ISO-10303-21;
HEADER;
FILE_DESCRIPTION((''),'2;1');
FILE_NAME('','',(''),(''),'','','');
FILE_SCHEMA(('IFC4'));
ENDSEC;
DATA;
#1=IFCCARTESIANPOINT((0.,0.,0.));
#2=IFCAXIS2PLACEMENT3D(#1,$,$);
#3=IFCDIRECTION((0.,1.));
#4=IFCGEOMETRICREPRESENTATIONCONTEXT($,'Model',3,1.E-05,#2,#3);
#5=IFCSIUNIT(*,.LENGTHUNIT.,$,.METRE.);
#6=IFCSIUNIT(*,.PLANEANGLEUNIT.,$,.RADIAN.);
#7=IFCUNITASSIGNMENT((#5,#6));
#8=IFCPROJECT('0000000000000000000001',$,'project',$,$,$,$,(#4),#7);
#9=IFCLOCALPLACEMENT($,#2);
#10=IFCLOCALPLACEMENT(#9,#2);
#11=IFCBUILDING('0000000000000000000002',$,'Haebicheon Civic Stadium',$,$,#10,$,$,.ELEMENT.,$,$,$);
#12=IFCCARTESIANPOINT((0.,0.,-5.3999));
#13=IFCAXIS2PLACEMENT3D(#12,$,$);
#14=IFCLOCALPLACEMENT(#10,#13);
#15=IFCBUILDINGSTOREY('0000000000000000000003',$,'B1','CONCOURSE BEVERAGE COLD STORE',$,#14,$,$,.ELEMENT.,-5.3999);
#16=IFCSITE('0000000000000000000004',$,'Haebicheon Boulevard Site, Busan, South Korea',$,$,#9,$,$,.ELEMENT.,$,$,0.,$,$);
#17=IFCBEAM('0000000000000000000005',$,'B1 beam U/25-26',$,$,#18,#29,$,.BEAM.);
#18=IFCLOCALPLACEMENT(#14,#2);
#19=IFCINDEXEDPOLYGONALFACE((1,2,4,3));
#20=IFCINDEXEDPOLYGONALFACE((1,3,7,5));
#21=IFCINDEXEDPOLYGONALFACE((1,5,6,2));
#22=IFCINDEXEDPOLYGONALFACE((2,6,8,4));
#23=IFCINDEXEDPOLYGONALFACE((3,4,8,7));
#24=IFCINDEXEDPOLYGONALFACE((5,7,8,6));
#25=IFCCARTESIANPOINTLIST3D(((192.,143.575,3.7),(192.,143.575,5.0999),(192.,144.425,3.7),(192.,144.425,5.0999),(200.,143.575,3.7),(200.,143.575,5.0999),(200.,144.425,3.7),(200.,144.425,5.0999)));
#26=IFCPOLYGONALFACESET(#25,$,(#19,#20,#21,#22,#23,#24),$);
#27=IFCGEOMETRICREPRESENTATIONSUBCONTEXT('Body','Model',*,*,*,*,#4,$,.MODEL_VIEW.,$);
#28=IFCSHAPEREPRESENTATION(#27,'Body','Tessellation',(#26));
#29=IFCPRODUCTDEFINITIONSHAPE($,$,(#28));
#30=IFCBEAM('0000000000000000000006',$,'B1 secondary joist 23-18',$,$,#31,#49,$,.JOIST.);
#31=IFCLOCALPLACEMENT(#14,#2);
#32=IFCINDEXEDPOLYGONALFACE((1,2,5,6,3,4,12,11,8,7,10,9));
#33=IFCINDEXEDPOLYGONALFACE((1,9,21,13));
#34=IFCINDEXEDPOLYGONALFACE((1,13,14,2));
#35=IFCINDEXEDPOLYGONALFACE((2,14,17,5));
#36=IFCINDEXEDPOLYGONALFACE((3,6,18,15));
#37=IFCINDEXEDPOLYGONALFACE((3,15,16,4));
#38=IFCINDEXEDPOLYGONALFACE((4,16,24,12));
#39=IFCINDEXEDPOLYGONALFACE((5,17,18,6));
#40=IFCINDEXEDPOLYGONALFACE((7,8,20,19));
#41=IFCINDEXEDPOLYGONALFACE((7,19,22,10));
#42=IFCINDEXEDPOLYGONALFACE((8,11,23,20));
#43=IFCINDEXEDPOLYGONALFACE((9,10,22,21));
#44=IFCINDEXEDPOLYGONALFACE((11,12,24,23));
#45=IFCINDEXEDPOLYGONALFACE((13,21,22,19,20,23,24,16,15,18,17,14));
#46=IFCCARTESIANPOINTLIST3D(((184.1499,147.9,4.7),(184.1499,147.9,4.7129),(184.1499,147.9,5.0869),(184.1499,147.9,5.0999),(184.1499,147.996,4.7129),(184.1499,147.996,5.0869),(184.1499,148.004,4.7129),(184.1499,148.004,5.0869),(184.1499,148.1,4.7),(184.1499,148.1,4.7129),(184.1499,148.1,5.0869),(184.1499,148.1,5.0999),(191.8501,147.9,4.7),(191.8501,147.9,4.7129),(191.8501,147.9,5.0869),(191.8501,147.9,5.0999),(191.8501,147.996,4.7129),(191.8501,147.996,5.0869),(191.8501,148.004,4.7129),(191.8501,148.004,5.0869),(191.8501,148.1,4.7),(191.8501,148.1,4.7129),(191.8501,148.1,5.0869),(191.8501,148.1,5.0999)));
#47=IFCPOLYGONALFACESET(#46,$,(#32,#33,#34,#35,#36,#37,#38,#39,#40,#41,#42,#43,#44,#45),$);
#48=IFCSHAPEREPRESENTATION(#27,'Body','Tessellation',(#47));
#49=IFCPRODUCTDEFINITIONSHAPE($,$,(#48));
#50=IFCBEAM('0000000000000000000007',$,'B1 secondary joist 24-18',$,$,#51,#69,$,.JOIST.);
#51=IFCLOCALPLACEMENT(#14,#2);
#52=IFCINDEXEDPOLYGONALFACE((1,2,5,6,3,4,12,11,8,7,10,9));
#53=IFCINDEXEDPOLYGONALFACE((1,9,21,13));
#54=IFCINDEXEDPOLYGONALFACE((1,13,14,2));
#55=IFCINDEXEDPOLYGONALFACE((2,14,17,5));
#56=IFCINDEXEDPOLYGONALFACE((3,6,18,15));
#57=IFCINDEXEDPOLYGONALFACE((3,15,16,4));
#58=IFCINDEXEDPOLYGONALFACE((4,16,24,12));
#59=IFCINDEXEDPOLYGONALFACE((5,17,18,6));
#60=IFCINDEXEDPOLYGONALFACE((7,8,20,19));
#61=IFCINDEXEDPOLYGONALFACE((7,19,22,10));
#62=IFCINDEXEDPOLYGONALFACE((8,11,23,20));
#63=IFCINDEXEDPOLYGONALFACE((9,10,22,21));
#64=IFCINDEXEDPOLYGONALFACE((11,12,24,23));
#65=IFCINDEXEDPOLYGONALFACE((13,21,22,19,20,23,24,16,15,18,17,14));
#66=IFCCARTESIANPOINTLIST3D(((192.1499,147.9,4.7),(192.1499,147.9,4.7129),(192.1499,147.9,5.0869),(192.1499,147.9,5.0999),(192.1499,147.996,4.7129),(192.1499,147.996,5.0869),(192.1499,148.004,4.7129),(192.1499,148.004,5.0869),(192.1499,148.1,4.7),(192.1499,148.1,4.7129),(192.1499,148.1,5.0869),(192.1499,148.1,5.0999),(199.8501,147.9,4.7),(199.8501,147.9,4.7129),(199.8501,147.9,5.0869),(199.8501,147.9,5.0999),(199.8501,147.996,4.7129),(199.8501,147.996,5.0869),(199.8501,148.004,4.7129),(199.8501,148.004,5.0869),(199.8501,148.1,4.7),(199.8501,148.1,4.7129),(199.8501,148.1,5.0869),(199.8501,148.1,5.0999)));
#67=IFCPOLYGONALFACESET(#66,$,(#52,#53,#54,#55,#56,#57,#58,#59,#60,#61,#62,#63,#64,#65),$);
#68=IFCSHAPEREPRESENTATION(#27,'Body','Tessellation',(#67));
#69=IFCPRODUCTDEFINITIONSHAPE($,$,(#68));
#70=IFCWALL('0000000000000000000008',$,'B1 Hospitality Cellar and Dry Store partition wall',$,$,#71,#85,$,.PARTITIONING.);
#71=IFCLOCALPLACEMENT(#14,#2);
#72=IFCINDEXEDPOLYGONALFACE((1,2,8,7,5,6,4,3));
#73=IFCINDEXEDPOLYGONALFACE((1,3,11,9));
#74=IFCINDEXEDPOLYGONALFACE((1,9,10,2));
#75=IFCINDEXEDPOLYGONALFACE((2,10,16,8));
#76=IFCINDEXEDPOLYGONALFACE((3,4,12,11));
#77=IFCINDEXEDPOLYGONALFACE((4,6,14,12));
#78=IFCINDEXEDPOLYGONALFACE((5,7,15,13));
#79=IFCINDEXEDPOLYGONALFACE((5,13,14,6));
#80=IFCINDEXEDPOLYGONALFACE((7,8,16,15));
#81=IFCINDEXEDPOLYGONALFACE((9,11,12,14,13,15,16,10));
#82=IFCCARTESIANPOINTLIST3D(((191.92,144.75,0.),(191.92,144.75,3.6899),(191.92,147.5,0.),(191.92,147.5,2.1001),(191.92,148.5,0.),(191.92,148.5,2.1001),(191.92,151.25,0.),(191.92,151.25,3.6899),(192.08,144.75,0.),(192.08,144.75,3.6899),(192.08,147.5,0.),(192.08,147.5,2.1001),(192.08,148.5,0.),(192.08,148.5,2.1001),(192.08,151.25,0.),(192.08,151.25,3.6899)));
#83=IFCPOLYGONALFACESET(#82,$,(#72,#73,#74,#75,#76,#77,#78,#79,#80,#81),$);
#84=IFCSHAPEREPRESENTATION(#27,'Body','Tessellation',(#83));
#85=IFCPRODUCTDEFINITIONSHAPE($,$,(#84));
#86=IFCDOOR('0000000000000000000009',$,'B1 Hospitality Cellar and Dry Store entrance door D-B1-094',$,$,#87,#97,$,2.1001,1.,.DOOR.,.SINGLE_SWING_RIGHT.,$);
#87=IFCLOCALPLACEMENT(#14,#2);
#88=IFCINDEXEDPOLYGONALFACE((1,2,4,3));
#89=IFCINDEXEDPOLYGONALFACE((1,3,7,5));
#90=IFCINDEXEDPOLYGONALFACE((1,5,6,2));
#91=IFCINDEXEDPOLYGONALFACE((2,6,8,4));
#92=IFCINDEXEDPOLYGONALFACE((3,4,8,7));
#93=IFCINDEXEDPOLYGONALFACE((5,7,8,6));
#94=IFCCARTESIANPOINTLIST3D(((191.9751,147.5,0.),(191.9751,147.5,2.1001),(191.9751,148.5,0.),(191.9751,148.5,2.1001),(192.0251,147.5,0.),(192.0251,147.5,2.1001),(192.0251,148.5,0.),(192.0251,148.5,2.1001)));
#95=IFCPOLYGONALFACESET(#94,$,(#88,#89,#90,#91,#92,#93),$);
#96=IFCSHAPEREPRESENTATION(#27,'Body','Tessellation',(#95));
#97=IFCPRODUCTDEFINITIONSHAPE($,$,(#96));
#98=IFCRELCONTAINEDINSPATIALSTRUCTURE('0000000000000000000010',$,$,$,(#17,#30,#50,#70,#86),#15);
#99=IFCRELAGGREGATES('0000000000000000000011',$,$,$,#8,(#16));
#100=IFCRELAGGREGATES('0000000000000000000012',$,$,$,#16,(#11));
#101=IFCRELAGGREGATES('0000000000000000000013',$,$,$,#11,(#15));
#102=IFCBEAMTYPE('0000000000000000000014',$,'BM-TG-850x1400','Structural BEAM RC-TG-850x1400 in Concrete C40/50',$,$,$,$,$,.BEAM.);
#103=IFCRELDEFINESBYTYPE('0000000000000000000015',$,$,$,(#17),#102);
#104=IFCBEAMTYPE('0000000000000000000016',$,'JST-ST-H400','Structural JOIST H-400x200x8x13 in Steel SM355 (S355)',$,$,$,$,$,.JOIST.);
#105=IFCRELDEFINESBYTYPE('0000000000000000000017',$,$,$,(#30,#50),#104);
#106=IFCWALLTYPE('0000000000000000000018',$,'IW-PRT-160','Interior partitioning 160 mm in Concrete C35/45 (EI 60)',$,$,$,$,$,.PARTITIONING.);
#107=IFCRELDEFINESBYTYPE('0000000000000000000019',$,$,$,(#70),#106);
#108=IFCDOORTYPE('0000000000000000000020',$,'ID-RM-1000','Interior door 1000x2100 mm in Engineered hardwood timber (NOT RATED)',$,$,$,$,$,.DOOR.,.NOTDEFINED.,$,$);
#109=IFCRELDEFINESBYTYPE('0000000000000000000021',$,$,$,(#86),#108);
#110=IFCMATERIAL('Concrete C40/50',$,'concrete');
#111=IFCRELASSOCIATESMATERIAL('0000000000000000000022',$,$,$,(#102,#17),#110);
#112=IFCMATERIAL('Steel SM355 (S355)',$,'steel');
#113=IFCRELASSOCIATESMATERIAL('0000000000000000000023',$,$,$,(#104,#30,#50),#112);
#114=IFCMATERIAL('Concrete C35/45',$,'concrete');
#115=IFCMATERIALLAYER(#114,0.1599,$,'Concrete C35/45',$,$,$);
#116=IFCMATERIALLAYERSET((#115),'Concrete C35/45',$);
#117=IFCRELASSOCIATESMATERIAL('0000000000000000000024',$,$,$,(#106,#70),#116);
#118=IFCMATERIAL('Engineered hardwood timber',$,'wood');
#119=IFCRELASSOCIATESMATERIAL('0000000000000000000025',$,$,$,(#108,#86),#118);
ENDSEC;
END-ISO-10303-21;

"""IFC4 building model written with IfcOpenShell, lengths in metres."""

from ifc_helpers import new_model, si_unit, direction, frame, frame_2d, origin, origin_2d, place, context, subcontext, project, spatial, rectangle, i_section, extrude, material, layer, layer_set, material_profile, profile_set, type_object, element, fill, save


model = new_model("IFC4")

# Units and contexts
model_context = context("Model", 3, precision=1e-05, world=origin(), true_north=direction((0.0, 1.0)))
body_context = subcontext(model_context, "Body", "Model", "MODEL_VIEW")
ifc_project = project(units=[si_unit("LENGTHUNIT", "METRE"), si_unit("PLANEANGLEUNIT", "RADIAN")], contexts=[model_context])

# Site, building, storey
site_placement = place(None, origin())
site = spatial("IfcSite", under=ifc_project, at=site_placement, Name="Haebicheon Boulevard Site, Busan, South Korea", CompositionType="ELEMENT", RefElevation=0.0)
building_placement = place(site_placement, origin())
building = spatial("IfcBuilding", under=site, at=building_placement, Name="Haebicheon Civic Stadium", CompositionType="ELEMENT")
storey_placement = place(building_placement, frame((0.0, 0.0, -5.3999)))
storey = spatial("IfcBuildingStorey", under=building, at=storey_placement, Name="B1", Description="CONCOURSE BEVERAGE COLD STORE", CompositionType="ELEMENT", Elevation=-5.3999)

# Beams
ifc_material_1 = material(Name="Concrete C40/50", Category="concrete")
ifc_material_profile_1 = material_profile(ifc_material_1, rectangle(XDim=0.8501, YDim=1.3999, at=origin_2d()), Name="RC-TG-850x1400")
ifc_profile_set_1 = profile_set([ifc_material_profile_1], Name="Concrete C40/50")
beam_type_1 = type_object("IfcBeamType", Name="BM-TG-850x1400", Description="Structural BEAM RC-TG-850x1400 in Concrete C40/50", PredefinedType="BEAM", material=ifc_profile_set_1)
beam_1_placement = place(storey_placement, frame((192.0, 144.0, 4.3999), z_axis=(1.0, 0.0, 0.0), x_axis=(0.0, 1.0, 0.0)))
element("IfcBeam", 1, at=beam_1_placement, inside=storey, type_object=beam_type_1, material=ifc_profile_set_1, Name="B1 beam U/25-26", PredefinedType="BEAM", context=body_context, shape_type="SweptSolid", body=[
    extrude(rectangle(XDim=0.8501, YDim=1.3999, at=origin_2d()), origin(), (0.0, 0.0, 1.0), 8.0),
])
ifc_material_2 = material(Name="Steel SM355 (S355)", Category="steel")
ifc_material_profile_2 = material_profile(ifc_material_2, i_section(OverallWidth=0.2, OverallDepth=0.3999, WebThickness=0.0081, FlangeThickness=0.0129, at=origin_2d()), Name="H-400x200x8x13")
ifc_profile_set_2 = profile_set([ifc_material_profile_2], Name="Steel SM355 (S355)")
beam_type_2 = type_object("IfcBeamType", Name="JST-ST-H400", Description="Structural JOIST H-400x200x8x13 in Steel SM355 (S355)", PredefinedType="JOIST", material=ifc_profile_set_2)
for number, where, z_axis, x_axis, name in (
    (2, (184.1499, 148.0, 4.8999), (1.0, 0.0, 0.0), (0.0, 1.0, 0.0), "B1 secondary joist 23-18"),
    (3, (192.1499, 148.0, 4.8999), (1.0, 0.0, 0.0), (0.0, 1.0, 0.0), "B1 secondary joist 24-18"),
):
    element("IfcBeam", number, at=place(storey_placement, frame(where, z_axis=z_axis, x_axis=x_axis)), inside=storey, type_object=beam_type_2, material=ifc_profile_set_2, Name=name, PredefinedType="JOIST", context=body_context, shape_type="SweptSolid", body=[
        extrude(i_section(OverallWidth=0.2, OverallDepth=0.3999, WebThickness=0.0081, FlangeThickness=0.0129, at=origin_2d()), origin(), (0.0, 0.0, 1.0), 7.7002),
    ])

# Wall, opening, door
ifc_material_3 = material(Name="Concrete C35/45", Category="concrete")
ifc_layer_1 = layer(ifc_material_3, 0.1599, Name="Concrete C35/45")
ifc_layer_set_1 = layer_set([ifc_layer_1], Name="Concrete C35/45")
wall_type = type_object("IfcWallType", Name="IW-PRT-160", Description="Interior partitioning 160 mm in Concrete C35/45 (EI 60)", PredefinedType="PARTITIONING", material=ifc_layer_set_1)
wall_placement = place(storey_placement, frame((192.0, 144.75, 0.0), z_axis=(0.0, 0.0, 1.0), x_axis=(0.0, 1.0, 0.0)))
wall = element("IfcWall", 4, at=wall_placement, inside=storey, type_object=wall_type, material=ifc_layer_set_1, Name="B1 Hospitality Cellar and Dry Store partition wall", PredefinedType="PARTITIONING", context=body_context, shape_type="SweptSolid", body=[
    extrude(rectangle(XDim=6.5, YDim=0.1599, at=frame_2d((3.25, 0.0))), origin(), (0.0, 0.0, 1.0), 3.6899),
])
opening_placement = place(wall_placement, frame((2.75, 0.0, 0.0)))
opening = element("IfcOpeningElement", 5, at=opening_placement, cuts=wall, PredefinedType="OPENING", context=body_context, shape_type="SweptSolid", body=[
    extrude(rectangle(XDim=1.0, YDim=2.1001, at=frame_2d((0.5, 1.05))), frame((0.0, 0.0898, 0.0), z_axis=(0.0, -1.0, 0.0), x_axis=(1.0, 0.0, 0.0)), (0.0, 0.0, 1.0), 0.1799),
])
ifc_material_4 = material(Name="Engineered hardwood timber", Category="wood")
door_type = type_object("IfcDoorType", Name="ID-RM-1000", Description="Interior door 1000x2100 mm in Engineered hardwood timber (NOT RATED)", OperationType="NOTDEFINED", PredefinedType="DOOR", material=ifc_material_4)
door_placement = place(opening_placement, origin())
door = element("IfcDoor", 6, at=door_placement, inside=storey, type_object=door_type, material=ifc_material_4, Name="B1 Hospitality Cellar and Dry Store entrance door D-B1-094", OperationType="SINGLE_SWING_RIGHT", OverallHeight=2.1001, OverallWidth=1.0, PredefinedType="DOOR", context=body_context, shape_type="SweptSolid", body=[
    extrude(rectangle(XDim=1.0, YDim=2.1001, at=frame_2d((0.5, 1.05))), frame((0.0, 0.0249, 0.0), z_axis=(0.0, -1.0, 0.0), x_axis=(1.0, 0.0, 0.0)), (0.0, 0.0, 1.0), 0.05),
])
fill(opening, door)

save(model, "model.ifc")
